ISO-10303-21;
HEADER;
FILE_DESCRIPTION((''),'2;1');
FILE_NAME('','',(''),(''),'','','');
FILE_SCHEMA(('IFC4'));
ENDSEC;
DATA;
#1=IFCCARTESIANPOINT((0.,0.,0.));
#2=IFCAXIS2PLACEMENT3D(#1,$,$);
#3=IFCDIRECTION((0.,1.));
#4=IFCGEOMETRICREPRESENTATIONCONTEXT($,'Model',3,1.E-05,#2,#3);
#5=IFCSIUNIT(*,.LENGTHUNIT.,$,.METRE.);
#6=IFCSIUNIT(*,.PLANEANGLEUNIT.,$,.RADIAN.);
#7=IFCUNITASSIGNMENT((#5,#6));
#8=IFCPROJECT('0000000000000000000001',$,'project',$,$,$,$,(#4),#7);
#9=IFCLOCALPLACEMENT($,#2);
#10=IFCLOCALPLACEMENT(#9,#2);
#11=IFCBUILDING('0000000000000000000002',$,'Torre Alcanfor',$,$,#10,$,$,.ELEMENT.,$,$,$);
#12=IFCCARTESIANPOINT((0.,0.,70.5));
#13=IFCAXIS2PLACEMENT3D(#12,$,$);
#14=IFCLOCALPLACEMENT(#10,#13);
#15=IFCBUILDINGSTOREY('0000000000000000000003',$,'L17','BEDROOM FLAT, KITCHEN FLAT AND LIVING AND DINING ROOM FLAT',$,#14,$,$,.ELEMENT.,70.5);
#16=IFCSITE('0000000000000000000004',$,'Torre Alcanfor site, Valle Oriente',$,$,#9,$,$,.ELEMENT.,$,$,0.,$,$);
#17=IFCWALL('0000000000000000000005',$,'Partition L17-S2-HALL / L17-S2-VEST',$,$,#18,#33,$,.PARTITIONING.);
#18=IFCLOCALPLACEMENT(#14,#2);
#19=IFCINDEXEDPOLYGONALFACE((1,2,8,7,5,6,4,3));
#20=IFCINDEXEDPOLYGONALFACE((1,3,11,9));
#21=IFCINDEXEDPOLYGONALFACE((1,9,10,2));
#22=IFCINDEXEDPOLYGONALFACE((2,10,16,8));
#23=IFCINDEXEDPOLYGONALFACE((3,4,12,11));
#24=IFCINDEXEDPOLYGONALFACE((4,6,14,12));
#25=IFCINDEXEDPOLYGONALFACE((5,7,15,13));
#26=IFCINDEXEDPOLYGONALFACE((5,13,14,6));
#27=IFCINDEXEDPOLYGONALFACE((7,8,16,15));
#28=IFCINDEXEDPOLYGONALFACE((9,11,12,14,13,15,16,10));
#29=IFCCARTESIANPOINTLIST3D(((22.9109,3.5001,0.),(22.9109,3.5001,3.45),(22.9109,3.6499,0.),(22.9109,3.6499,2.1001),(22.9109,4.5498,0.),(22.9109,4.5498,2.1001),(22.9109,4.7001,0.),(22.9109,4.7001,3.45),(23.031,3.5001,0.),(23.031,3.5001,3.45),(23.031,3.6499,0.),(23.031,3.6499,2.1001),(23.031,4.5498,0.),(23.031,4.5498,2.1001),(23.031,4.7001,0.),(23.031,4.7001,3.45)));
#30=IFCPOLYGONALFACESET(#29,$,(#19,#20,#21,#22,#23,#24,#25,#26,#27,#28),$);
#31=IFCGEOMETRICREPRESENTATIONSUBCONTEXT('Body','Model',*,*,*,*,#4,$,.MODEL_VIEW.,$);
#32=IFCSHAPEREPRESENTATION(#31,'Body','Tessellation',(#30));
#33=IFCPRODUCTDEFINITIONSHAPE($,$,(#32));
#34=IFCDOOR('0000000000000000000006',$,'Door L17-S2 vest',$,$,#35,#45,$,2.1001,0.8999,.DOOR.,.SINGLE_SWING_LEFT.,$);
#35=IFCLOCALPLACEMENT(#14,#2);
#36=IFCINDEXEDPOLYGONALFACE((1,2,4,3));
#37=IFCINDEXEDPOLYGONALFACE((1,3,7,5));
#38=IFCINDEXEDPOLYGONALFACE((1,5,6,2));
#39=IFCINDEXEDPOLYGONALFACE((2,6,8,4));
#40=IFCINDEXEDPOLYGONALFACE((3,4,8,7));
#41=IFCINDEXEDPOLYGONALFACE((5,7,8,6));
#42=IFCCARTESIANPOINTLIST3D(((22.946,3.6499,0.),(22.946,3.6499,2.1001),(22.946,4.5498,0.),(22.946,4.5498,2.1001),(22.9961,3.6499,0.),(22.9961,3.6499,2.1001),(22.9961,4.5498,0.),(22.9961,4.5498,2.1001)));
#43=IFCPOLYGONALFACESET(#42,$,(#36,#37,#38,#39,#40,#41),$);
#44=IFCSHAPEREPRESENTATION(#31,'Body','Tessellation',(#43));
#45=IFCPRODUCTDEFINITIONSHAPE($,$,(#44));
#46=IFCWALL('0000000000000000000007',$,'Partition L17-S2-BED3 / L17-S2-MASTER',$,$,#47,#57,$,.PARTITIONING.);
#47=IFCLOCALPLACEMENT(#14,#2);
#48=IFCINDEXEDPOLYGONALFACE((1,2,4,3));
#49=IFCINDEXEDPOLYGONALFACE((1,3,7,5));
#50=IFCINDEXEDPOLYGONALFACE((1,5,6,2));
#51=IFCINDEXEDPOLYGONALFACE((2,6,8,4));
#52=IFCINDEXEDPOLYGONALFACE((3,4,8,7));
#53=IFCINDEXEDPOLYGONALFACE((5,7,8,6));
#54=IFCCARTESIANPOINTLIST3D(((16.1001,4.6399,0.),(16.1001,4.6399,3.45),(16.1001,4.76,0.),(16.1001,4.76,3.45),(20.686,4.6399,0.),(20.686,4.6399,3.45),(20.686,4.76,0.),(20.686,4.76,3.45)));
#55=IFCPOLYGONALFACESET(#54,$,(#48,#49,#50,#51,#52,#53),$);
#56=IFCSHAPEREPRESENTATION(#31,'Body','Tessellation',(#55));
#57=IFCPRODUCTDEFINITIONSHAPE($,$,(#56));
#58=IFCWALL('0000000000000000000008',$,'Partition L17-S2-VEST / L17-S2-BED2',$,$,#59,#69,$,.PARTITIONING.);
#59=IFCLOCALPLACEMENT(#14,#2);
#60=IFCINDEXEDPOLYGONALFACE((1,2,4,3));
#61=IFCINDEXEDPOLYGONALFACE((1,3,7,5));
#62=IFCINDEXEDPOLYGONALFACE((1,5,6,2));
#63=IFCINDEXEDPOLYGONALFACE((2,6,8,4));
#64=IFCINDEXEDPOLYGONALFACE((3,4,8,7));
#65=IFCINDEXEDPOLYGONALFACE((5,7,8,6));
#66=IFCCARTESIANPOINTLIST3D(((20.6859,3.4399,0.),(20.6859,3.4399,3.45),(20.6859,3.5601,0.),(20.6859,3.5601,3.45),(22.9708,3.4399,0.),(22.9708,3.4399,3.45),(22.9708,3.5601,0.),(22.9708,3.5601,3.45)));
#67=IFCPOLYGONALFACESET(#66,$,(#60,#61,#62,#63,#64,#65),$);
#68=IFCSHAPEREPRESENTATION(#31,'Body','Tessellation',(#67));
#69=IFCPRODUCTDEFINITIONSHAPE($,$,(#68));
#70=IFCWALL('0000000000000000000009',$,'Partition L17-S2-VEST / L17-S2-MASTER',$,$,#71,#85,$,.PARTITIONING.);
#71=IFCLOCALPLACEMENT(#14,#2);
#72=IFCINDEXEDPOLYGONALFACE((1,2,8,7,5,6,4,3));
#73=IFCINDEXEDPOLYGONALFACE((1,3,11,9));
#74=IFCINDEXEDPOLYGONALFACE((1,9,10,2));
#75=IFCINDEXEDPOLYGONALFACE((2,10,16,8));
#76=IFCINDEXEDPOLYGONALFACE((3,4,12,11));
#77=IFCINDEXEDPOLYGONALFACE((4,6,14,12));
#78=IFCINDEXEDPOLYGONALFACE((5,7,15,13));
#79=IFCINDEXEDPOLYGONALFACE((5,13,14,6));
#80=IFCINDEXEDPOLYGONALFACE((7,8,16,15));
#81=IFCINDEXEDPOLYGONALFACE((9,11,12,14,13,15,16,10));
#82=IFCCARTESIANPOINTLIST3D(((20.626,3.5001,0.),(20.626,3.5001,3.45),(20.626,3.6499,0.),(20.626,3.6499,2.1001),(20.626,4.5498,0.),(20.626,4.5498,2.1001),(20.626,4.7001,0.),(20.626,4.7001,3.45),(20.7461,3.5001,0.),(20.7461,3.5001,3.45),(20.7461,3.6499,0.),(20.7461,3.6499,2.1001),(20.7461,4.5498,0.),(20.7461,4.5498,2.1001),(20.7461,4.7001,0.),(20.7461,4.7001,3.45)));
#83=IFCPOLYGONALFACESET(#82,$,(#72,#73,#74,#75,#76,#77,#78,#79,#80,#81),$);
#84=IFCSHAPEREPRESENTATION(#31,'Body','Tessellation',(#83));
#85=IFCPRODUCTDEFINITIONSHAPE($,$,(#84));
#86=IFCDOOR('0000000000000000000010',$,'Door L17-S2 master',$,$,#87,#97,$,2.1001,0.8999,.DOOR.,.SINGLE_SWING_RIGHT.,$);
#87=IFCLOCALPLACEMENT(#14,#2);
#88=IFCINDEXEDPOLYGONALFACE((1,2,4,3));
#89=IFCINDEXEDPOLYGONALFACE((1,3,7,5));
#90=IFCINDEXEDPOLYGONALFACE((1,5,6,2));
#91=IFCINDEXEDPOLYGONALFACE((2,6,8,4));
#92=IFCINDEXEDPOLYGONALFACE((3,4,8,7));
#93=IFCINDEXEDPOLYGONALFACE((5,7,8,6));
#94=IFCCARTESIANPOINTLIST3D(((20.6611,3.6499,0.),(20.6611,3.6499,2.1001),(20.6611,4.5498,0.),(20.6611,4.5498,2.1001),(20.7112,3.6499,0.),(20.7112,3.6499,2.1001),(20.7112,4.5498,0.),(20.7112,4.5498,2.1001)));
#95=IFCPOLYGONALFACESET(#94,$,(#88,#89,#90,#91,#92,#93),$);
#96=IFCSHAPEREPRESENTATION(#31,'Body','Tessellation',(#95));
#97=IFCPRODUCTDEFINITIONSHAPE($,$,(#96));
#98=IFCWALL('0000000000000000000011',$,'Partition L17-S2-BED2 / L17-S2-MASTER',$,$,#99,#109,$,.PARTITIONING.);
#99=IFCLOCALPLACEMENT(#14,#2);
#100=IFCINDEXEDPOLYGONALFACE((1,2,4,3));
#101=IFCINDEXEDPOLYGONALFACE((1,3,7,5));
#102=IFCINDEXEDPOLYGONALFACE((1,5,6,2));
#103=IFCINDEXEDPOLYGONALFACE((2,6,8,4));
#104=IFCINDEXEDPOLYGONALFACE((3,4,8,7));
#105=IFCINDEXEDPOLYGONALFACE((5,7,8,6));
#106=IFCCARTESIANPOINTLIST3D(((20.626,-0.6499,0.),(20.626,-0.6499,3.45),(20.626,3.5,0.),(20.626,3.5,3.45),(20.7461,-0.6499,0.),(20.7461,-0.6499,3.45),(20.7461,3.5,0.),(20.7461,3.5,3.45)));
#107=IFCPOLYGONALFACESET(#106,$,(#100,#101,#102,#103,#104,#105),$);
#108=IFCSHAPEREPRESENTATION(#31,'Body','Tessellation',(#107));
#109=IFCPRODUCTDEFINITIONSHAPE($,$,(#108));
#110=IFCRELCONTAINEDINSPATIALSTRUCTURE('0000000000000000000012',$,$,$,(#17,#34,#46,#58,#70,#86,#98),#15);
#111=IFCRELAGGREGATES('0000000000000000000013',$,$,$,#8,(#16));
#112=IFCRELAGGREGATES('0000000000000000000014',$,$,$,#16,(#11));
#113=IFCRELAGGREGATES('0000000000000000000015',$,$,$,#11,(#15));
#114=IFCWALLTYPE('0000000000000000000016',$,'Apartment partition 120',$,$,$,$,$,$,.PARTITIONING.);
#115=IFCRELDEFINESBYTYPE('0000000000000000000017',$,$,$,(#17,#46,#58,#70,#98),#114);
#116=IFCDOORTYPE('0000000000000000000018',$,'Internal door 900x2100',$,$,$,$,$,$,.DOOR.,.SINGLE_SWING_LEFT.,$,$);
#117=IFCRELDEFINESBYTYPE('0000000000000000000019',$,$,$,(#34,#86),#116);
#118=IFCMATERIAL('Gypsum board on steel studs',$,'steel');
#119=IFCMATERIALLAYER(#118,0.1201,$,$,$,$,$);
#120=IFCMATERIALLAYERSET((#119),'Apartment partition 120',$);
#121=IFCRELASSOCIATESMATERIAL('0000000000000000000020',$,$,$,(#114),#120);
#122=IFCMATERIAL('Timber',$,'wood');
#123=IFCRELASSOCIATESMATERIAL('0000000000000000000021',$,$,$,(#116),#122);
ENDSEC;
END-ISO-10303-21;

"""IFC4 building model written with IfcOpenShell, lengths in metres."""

from ifc_helpers import new_model, si_unit, direction, frame, frame_2d, origin, place, context, subcontext, project, spatial, rectangle, extrude, material, layer, layer_set, type_object, element, fill, save


model = new_model("IFC4")

# Units and contexts
model_context = context("Model", 3, precision=1e-05, world=origin(), true_north=direction((0.0, 1.0)))
body_context = subcontext(model_context, "Body", "Model", "MODEL_VIEW")
ifc_project = project(units=[si_unit("LENGTHUNIT", "METRE"), si_unit("PLANEANGLEUNIT", "RADIAN")], contexts=[model_context])

# Site, building, storey
site_placement = place(None, origin())
site = spatial("IfcSite", under=ifc_project, at=site_placement, Name="Torre Alcanfor site, Valle Oriente", CompositionType="ELEMENT", RefElevation=0.0)
building_placement = place(site_placement, origin())
building = spatial("IfcBuilding", under=site, at=building_placement, Name="Torre Alcanfor", CompositionType="ELEMENT")
storey_placement = place(building_placement, frame((0.0, 0.0, 70.5)))
storey = spatial("IfcBuildingStorey", under=building, at=storey_placement, Name="L17", Description="BEDROOM FLAT, KITCHEN FLAT AND LIVING AND DINING ROOM FLAT", CompositionType="ELEMENT", Elevation=70.5)

# Wall, opening, door
ifc_material_1 = material(Name="Gypsum board on steel studs", Category="steel")
ifc_layer_1 = layer(ifc_material_1, 0.1201)
ifc_layer_set_1 = layer_set([ifc_layer_1], Name="Apartment partition 120")
wall_type = type_object("IfcWallType", Name="Apartment partition 120", PredefinedType="PARTITIONING", material=ifc_layer_set_1)
wall_1_placement = place(storey_placement, frame((22.9709, 3.5, 0.0), z_axis=(0.0, 0.0, 1.0), x_axis=(0.0, 1.0, 0.0)))
wall_1 = element("IfcWall", 1, at=wall_1_placement, inside=storey, type_object=wall_type, Name="Partition L17-S2-HALL / L17-S2-VEST", PredefinedType="PARTITIONING", context=body_context, shape_type="SweptSolid", body=[
    extrude(rectangle(XDim=1.2, YDim=0.1201, at=frame_2d((0.6001, 0.0))), origin(), (0.0, 0.0, 1.0), 3.45),
])
opening_1_placement = place(wall_1_placement, frame((0.1499, 0.0, 0.0)))
opening_1 = element("IfcOpeningElement", 2, at=opening_1_placement, cuts=wall_1, PredefinedType="OPENING", context=body_context, shape_type="SweptSolid", body=[
    extrude(rectangle(XDim=0.8999, YDim=2.1001, at=frame_2d((0.45, 1.05))), frame((0.0, 0.0701, 0.0), z_axis=(0.0, -1.0, 0.0), x_axis=(1.0, 0.0, 0.0)), (0.0, 0.0, 1.0), 0.1401),
])
ifc_material_2 = material(Name="Timber", Category="wood")
door_type = type_object("IfcDoorType", Name="Internal door 900x2100", OperationType="SINGLE_SWING_LEFT", PredefinedType="DOOR", material=ifc_material_2)
door_1_placement = place(opening_1_placement, origin())
door_1 = element("IfcDoor", 3, at=door_1_placement, inside=storey, type_object=door_type, Name="Door L17-S2 vest", OperationType="SINGLE_SWING_LEFT", OverallHeight=2.1001, OverallWidth=0.8999, PredefinedType="DOOR", context=body_context, shape_type="SweptSolid", body=[
    extrude(rectangle(XDim=0.8999, YDim=2.1001, at=frame_2d((0.45, 1.05))), frame((0.0, 0.0249, 0.0), z_axis=(0.0, -1.0, 0.0), x_axis=(1.0, 0.0, 0.0)), (0.0, 0.0, 1.0), 0.05),
])
fill(opening_1, door_1)

# Walls
wall_2_placement = place(storey_placement, frame((20.686, 4.7, 0.0), z_axis=(0.0, 0.0, 1.0), x_axis=(-1.0, 0.0, 0.0)))
element("IfcWall", 4, at=wall_2_placement, inside=storey, type_object=wall_type, Name="Partition L17-S2-BED3 / L17-S2-MASTER", PredefinedType="PARTITIONING", context=body_context, shape_type="SweptSolid", body=[
    extrude(rectangle(XDim=4.5859, YDim=0.1201, at=frame_2d((2.293, 0.0))), origin(), (0.0, 0.0, 1.0), 3.45),
])
wall_3_placement = place(storey_placement, frame((22.9709, 3.5, 0.0), z_axis=(0.0, 0.0, 1.0), x_axis=(-1.0, 0.0, 0.0)))
element("IfcWall", 5, at=wall_3_placement, inside=storey, type_object=wall_type, Name="Partition L17-S2-VEST / L17-S2-BED2", PredefinedType="PARTITIONING", context=body_context, shape_type="SweptSolid", body=[
    extrude(rectangle(XDim=2.2849, YDim=0.1201, at=frame_2d((1.1426, 0.0))), origin(), (0.0, 0.0, 1.0), 3.45),
])

# Wall, opening, door
wall_4_placement = place(storey_placement, frame((20.686, 3.5, 0.0), z_axis=(0.0, 0.0, 1.0), x_axis=(0.0, 1.0, 0.0)))
wall_4 = element("IfcWall", 6, at=wall_4_placement, inside=storey, type_object=wall_type, Name="Partition L17-S2-VEST / L17-S2-MASTER", PredefinedType="PARTITIONING", context=body_context, shape_type="SweptSolid", body=[
    extrude(rectangle(XDim=1.2, YDim=0.1201, at=frame_2d((0.6001, 0.0))), origin(), (0.0, 0.0, 1.0), 3.45),
])
opening_2_placement = place(wall_4_placement, frame((0.1499, 0.0, 0.0)))
opening_2 = element("IfcOpeningElement", 7, at=opening_2_placement, cuts=wall_4, PredefinedType="OPENING", context=body_context, shape_type="SweptSolid", body=[
    extrude(rectangle(XDim=0.8999, YDim=2.1001, at=frame_2d((0.45, 1.05))), frame((0.0, 0.0701, 0.0), z_axis=(0.0, -1.0, 0.0), x_axis=(1.0, 0.0, 0.0)), (0.0, 0.0, 1.0), 0.1401),
])
door_2_placement = place(opening_2_placement, frame((0.8999, 0.0, 0.0), z_axis=(0.0, 0.0, 1.0), x_axis=(-1.0, 0.0, 0.0)))
door_2 = element("IfcDoor", 8, at=door_2_placement, inside=storey, type_object=door_type, Name="Door L17-S2 master", OperationType="SINGLE_SWING_RIGHT", OverallHeight=2.1001, OverallWidth=0.8999, PredefinedType="DOOR", context=body_context, shape_type="SweptSolid", body=[
    extrude(rectangle(XDim=0.8999, YDim=2.1001, at=frame_2d((0.45, 1.05))), frame((0.0, 0.0251, 0.0), z_axis=(0.0, -1.0, 0.0), x_axis=(1.0, 0.0, 0.0)), (0.0, 0.0, 1.0), 0.05),
])
fill(opening_2, door_2)

# Wall
wall_5_placement = place(storey_placement, frame((20.686, -0.6499, 0.0), z_axis=(0.0, 0.0, 1.0), x_axis=(0.0, 1.0, 0.0)))
element("IfcWall", 9, at=wall_5_placement, inside=storey, type_object=wall_type, Name="Partition L17-S2-BED2 / L17-S2-MASTER", PredefinedType="PARTITIONING", context=body_context, shape_type="SweptSolid", body=[
    extrude(rectangle(XDim=4.1499, YDim=0.1201, at=frame_2d((2.075, 0.0))), origin(), (0.0, 0.0, 1.0), 3.45),
])

save(model, "model.ifc")
